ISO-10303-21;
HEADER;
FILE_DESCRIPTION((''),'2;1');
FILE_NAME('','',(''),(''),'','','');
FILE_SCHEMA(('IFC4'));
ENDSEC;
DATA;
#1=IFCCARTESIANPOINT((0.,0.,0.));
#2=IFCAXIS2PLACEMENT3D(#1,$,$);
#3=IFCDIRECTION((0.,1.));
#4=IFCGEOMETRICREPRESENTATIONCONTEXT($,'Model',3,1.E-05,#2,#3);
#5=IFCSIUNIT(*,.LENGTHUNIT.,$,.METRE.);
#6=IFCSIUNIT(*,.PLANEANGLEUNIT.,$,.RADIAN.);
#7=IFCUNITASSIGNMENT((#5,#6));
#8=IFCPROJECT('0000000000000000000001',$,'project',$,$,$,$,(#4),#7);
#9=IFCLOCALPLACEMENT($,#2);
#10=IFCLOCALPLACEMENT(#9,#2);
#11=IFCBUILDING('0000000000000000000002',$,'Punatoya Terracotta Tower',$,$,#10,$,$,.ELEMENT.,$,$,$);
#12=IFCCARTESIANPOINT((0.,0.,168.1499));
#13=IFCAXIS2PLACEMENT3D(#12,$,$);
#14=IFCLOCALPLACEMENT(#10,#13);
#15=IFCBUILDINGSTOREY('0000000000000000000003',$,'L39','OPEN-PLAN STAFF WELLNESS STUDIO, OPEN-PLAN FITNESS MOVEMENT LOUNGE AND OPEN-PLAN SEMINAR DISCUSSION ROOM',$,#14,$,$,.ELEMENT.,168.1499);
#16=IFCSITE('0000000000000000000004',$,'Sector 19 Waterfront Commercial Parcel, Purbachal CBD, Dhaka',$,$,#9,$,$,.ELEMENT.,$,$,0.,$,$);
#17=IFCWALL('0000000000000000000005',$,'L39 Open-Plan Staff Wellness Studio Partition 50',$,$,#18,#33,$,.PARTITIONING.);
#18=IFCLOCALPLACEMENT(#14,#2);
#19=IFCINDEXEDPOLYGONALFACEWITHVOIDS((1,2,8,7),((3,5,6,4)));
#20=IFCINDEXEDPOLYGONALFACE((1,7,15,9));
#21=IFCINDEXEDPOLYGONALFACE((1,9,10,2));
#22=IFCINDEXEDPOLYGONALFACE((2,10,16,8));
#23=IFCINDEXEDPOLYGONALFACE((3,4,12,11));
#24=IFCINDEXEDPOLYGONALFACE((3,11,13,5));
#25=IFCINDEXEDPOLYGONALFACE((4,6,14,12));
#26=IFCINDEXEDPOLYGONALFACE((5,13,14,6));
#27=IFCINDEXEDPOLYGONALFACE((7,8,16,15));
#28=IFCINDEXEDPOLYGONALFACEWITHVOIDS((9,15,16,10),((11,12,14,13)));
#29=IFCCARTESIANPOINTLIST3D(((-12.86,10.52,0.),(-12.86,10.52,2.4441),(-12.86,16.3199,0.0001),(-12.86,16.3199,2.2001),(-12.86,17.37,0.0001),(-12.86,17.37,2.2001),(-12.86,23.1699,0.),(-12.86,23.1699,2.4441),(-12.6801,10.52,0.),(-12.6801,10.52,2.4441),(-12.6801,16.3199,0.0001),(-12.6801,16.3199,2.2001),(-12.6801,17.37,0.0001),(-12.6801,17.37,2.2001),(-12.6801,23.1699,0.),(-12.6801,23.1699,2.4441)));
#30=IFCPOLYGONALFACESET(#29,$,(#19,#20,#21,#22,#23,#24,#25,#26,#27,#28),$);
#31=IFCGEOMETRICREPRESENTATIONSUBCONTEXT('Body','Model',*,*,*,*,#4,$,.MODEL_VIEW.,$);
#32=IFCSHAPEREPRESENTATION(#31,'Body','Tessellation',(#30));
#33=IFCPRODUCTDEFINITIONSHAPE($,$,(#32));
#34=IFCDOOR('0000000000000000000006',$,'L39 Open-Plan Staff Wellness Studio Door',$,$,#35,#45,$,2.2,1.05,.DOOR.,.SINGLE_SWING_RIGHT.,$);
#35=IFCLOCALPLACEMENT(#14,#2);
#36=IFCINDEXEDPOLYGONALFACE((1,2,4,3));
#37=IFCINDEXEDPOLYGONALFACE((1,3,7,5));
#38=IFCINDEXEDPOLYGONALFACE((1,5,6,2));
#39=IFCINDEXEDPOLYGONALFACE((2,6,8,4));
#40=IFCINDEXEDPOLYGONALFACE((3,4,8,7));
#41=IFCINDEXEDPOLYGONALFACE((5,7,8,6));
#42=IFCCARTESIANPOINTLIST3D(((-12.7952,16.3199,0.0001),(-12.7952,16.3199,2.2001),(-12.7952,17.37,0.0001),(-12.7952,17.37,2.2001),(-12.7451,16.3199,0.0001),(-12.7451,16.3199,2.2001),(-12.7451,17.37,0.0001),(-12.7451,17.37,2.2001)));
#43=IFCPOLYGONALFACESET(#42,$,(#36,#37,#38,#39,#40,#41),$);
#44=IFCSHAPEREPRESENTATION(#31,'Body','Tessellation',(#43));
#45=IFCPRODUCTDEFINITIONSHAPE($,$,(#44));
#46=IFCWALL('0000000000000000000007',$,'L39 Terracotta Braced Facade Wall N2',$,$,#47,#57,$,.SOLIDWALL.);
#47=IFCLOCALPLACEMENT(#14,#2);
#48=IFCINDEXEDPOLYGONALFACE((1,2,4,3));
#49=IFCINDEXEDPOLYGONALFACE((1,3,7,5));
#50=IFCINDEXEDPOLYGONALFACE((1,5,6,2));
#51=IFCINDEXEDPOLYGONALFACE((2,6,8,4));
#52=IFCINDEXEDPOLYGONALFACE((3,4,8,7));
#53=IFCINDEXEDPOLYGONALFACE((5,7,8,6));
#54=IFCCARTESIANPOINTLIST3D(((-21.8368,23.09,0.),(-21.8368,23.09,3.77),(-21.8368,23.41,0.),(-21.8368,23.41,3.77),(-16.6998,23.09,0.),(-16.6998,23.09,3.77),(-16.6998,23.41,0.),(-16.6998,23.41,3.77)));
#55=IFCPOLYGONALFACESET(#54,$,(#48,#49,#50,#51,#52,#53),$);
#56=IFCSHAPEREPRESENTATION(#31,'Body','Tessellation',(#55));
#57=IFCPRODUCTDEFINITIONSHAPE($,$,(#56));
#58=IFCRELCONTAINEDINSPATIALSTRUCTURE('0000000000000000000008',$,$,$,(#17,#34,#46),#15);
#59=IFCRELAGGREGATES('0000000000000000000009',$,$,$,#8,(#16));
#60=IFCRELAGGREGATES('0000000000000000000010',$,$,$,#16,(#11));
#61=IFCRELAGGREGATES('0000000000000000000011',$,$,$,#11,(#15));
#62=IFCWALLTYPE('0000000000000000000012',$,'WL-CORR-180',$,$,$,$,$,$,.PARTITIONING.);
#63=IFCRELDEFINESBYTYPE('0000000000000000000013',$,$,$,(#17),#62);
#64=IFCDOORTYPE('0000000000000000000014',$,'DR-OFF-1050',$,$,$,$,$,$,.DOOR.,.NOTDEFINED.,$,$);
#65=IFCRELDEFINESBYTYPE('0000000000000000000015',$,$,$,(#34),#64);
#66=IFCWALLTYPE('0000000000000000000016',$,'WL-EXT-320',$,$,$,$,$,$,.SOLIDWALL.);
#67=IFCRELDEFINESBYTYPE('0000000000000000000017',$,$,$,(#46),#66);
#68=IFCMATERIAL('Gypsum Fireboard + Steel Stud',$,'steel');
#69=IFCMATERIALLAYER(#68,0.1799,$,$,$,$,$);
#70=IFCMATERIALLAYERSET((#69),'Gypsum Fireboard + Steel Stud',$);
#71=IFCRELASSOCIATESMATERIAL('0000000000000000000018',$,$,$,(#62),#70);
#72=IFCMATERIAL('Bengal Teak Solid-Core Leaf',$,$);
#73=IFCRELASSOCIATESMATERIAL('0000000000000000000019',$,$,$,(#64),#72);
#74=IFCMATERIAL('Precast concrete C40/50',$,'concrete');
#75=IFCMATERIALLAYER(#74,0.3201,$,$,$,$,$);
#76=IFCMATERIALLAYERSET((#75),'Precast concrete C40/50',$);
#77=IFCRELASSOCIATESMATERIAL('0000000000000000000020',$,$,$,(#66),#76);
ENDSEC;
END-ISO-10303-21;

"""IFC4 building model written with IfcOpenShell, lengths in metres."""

from ifc_helpers import new_model, si_unit, direction, frame, frame_2d, origin, place, context, subcontext, project, spatial, rectangle, extrude, material, layer, layer_set, type_object, element, fill, save


model = new_model("IFC4")

# Units and contexts
model_context = context("Model", 3, precision=1e-05, world=origin(), true_north=direction((0.0, 1.0)))
body_context = subcontext(model_context, "Body", "Model", "MODEL_VIEW")
ifc_project = project(units=[si_unit("LENGTHUNIT", "METRE"), si_unit("PLANEANGLEUNIT", "RADIAN")], contexts=[model_context])

# Site, building, storey
site_placement = place(None, origin())
site = spatial("IfcSite", under=ifc_project, at=site_placement, Name="Sector 19 Waterfront Commercial Parcel, Purbachal CBD, Dhaka", CompositionType="ELEMENT", RefElevation=0.0)
building_placement = place(site_placement, origin())
building = spatial("IfcBuilding", under=site, at=building_placement, Name="Punatoya Terracotta Tower", CompositionType="ELEMENT")
storey_placement = place(building_placement, frame((0.0, 0.0, 168.1499)))
storey = spatial("IfcBuildingStorey", under=building, at=storey_placement, Name="L39", Description="OPEN-PLAN STAFF WELLNESS STUDIO, OPEN-PLAN FITNESS MOVEMENT LOUNGE AND OPEN-PLAN SEMINAR DISCUSSION ROOM", CompositionType="ELEMENT", Elevation=168.1499)

# Wall, opening, door
ifc_material_1 = material(Name="Gypsum Fireboard + Steel Stud", Category="steel")
ifc_layer_1 = layer(ifc_material_1, 0.1799)
ifc_layer_set_1 = layer_set([ifc_layer_1], Name="Gypsum Fireboard + Steel Stud")
wall_type_1 = type_object("IfcWallType", Name="WL-CORR-180", PredefinedType="PARTITIONING", material=ifc_layer_set_1)
wall_1_placement = place(storey_placement, frame((-12.77, 23.1699, 0.0), z_axis=(0.0, 0.0, 1.0), x_axis=(0.0, -1.0, 0.0)))
wall_1 = element("IfcWall", 1, at=wall_1_placement, inside=storey, type_object=wall_type_1, Name="L39 Open-Plan Staff Wellness Studio Partition 50", PredefinedType="PARTITIONING", context=body_context, shape_type="SweptSolid", body=[
    extrude(rectangle(XDim=12.6499, YDim=0.1799, at=frame_2d((6.325, 0.0))), origin(), (0.0, 0.0, 1.0), 2.4441),
])
opening_placement = place(wall_1_placement, frame((5.8, 0.0, 0.0)))
opening = element("IfcOpeningElement", 2, at=opening_placement, cuts=wall_1, PredefinedType="OPENING", context=body_context, shape_type="SweptSolid", body=[
    extrude(rectangle(XDim=1.05, YDim=2.2, at=frame_2d((0.5249, 1.1001))), frame((0.0, 0.0999, 0.0), z_axis=(0.0, -1.0, 0.0), x_axis=(1.0, 0.0, 0.0)), (0.0, 0.0, 1.0), 0.2),
])
ifc_material_2 = material(Name="Bengal Teak Solid-Core Leaf")
door_type = type_object("IfcDoorType", Name="DR-OFF-1050", OperationType="NOTDEFINED", PredefinedType="DOOR", material=ifc_material_2)
door_placement = place(opening_placement, origin())
door = element("IfcDoor", 3, at=door_placement, inside=storey, type_object=door_type, Name="L39 Open-Plan Staff Wellness Studio Door", OperationType="SINGLE_SWING_RIGHT", OverallHeight=2.2, OverallWidth=1.05, PredefinedType="DOOR", context=body_context, shape_type="SweptSolid", body=[
    extrude(rectangle(XDim=1.05, YDim=2.2, at=frame_2d((0.5249, 1.1001))), frame((0.0, 0.0249, 0.0), z_axis=(0.0, -1.0, 0.0), x_axis=(1.0, 0.0, 0.0)), (0.0, 0.0, 1.0), 0.05),
])
fill(opening, door)

# Wall
ifc_material_3 = material(Name="Precast concrete C40/50", Category="concrete")
ifc_layer_2 = layer(ifc_material_3, 0.3201)
ifc_layer_set_2 = layer_set([ifc_layer_2], Name="Precast concrete C40/50")
wall_type_2 = type_object("IfcWallType", Name="WL-EXT-320", PredefinedType="SOLIDWALL", material=ifc_layer_set_2)
wall_2_placement = place(storey_placement, frame((-16.7, 23.25, 0.0), z_axis=(0.0, 0.0, 1.0), x_axis=(-1.0, 0.0, 0.0)))
element("IfcWall", 4, at=wall_2_placement, inside=storey, type_object=wall_type_2, Name="L39 Terracotta Braced Facade Wall N2", PredefinedType="SOLIDWALL", context=body_context, shape_type="SweptSolid", body=[
    extrude(rectangle(XDim=5.137, YDim=0.3201, at=frame_2d((2.5684, 0.0))), origin(), (0.0, 0.0, 1.0), 3.77),
])

save(model, "model.ifc")
